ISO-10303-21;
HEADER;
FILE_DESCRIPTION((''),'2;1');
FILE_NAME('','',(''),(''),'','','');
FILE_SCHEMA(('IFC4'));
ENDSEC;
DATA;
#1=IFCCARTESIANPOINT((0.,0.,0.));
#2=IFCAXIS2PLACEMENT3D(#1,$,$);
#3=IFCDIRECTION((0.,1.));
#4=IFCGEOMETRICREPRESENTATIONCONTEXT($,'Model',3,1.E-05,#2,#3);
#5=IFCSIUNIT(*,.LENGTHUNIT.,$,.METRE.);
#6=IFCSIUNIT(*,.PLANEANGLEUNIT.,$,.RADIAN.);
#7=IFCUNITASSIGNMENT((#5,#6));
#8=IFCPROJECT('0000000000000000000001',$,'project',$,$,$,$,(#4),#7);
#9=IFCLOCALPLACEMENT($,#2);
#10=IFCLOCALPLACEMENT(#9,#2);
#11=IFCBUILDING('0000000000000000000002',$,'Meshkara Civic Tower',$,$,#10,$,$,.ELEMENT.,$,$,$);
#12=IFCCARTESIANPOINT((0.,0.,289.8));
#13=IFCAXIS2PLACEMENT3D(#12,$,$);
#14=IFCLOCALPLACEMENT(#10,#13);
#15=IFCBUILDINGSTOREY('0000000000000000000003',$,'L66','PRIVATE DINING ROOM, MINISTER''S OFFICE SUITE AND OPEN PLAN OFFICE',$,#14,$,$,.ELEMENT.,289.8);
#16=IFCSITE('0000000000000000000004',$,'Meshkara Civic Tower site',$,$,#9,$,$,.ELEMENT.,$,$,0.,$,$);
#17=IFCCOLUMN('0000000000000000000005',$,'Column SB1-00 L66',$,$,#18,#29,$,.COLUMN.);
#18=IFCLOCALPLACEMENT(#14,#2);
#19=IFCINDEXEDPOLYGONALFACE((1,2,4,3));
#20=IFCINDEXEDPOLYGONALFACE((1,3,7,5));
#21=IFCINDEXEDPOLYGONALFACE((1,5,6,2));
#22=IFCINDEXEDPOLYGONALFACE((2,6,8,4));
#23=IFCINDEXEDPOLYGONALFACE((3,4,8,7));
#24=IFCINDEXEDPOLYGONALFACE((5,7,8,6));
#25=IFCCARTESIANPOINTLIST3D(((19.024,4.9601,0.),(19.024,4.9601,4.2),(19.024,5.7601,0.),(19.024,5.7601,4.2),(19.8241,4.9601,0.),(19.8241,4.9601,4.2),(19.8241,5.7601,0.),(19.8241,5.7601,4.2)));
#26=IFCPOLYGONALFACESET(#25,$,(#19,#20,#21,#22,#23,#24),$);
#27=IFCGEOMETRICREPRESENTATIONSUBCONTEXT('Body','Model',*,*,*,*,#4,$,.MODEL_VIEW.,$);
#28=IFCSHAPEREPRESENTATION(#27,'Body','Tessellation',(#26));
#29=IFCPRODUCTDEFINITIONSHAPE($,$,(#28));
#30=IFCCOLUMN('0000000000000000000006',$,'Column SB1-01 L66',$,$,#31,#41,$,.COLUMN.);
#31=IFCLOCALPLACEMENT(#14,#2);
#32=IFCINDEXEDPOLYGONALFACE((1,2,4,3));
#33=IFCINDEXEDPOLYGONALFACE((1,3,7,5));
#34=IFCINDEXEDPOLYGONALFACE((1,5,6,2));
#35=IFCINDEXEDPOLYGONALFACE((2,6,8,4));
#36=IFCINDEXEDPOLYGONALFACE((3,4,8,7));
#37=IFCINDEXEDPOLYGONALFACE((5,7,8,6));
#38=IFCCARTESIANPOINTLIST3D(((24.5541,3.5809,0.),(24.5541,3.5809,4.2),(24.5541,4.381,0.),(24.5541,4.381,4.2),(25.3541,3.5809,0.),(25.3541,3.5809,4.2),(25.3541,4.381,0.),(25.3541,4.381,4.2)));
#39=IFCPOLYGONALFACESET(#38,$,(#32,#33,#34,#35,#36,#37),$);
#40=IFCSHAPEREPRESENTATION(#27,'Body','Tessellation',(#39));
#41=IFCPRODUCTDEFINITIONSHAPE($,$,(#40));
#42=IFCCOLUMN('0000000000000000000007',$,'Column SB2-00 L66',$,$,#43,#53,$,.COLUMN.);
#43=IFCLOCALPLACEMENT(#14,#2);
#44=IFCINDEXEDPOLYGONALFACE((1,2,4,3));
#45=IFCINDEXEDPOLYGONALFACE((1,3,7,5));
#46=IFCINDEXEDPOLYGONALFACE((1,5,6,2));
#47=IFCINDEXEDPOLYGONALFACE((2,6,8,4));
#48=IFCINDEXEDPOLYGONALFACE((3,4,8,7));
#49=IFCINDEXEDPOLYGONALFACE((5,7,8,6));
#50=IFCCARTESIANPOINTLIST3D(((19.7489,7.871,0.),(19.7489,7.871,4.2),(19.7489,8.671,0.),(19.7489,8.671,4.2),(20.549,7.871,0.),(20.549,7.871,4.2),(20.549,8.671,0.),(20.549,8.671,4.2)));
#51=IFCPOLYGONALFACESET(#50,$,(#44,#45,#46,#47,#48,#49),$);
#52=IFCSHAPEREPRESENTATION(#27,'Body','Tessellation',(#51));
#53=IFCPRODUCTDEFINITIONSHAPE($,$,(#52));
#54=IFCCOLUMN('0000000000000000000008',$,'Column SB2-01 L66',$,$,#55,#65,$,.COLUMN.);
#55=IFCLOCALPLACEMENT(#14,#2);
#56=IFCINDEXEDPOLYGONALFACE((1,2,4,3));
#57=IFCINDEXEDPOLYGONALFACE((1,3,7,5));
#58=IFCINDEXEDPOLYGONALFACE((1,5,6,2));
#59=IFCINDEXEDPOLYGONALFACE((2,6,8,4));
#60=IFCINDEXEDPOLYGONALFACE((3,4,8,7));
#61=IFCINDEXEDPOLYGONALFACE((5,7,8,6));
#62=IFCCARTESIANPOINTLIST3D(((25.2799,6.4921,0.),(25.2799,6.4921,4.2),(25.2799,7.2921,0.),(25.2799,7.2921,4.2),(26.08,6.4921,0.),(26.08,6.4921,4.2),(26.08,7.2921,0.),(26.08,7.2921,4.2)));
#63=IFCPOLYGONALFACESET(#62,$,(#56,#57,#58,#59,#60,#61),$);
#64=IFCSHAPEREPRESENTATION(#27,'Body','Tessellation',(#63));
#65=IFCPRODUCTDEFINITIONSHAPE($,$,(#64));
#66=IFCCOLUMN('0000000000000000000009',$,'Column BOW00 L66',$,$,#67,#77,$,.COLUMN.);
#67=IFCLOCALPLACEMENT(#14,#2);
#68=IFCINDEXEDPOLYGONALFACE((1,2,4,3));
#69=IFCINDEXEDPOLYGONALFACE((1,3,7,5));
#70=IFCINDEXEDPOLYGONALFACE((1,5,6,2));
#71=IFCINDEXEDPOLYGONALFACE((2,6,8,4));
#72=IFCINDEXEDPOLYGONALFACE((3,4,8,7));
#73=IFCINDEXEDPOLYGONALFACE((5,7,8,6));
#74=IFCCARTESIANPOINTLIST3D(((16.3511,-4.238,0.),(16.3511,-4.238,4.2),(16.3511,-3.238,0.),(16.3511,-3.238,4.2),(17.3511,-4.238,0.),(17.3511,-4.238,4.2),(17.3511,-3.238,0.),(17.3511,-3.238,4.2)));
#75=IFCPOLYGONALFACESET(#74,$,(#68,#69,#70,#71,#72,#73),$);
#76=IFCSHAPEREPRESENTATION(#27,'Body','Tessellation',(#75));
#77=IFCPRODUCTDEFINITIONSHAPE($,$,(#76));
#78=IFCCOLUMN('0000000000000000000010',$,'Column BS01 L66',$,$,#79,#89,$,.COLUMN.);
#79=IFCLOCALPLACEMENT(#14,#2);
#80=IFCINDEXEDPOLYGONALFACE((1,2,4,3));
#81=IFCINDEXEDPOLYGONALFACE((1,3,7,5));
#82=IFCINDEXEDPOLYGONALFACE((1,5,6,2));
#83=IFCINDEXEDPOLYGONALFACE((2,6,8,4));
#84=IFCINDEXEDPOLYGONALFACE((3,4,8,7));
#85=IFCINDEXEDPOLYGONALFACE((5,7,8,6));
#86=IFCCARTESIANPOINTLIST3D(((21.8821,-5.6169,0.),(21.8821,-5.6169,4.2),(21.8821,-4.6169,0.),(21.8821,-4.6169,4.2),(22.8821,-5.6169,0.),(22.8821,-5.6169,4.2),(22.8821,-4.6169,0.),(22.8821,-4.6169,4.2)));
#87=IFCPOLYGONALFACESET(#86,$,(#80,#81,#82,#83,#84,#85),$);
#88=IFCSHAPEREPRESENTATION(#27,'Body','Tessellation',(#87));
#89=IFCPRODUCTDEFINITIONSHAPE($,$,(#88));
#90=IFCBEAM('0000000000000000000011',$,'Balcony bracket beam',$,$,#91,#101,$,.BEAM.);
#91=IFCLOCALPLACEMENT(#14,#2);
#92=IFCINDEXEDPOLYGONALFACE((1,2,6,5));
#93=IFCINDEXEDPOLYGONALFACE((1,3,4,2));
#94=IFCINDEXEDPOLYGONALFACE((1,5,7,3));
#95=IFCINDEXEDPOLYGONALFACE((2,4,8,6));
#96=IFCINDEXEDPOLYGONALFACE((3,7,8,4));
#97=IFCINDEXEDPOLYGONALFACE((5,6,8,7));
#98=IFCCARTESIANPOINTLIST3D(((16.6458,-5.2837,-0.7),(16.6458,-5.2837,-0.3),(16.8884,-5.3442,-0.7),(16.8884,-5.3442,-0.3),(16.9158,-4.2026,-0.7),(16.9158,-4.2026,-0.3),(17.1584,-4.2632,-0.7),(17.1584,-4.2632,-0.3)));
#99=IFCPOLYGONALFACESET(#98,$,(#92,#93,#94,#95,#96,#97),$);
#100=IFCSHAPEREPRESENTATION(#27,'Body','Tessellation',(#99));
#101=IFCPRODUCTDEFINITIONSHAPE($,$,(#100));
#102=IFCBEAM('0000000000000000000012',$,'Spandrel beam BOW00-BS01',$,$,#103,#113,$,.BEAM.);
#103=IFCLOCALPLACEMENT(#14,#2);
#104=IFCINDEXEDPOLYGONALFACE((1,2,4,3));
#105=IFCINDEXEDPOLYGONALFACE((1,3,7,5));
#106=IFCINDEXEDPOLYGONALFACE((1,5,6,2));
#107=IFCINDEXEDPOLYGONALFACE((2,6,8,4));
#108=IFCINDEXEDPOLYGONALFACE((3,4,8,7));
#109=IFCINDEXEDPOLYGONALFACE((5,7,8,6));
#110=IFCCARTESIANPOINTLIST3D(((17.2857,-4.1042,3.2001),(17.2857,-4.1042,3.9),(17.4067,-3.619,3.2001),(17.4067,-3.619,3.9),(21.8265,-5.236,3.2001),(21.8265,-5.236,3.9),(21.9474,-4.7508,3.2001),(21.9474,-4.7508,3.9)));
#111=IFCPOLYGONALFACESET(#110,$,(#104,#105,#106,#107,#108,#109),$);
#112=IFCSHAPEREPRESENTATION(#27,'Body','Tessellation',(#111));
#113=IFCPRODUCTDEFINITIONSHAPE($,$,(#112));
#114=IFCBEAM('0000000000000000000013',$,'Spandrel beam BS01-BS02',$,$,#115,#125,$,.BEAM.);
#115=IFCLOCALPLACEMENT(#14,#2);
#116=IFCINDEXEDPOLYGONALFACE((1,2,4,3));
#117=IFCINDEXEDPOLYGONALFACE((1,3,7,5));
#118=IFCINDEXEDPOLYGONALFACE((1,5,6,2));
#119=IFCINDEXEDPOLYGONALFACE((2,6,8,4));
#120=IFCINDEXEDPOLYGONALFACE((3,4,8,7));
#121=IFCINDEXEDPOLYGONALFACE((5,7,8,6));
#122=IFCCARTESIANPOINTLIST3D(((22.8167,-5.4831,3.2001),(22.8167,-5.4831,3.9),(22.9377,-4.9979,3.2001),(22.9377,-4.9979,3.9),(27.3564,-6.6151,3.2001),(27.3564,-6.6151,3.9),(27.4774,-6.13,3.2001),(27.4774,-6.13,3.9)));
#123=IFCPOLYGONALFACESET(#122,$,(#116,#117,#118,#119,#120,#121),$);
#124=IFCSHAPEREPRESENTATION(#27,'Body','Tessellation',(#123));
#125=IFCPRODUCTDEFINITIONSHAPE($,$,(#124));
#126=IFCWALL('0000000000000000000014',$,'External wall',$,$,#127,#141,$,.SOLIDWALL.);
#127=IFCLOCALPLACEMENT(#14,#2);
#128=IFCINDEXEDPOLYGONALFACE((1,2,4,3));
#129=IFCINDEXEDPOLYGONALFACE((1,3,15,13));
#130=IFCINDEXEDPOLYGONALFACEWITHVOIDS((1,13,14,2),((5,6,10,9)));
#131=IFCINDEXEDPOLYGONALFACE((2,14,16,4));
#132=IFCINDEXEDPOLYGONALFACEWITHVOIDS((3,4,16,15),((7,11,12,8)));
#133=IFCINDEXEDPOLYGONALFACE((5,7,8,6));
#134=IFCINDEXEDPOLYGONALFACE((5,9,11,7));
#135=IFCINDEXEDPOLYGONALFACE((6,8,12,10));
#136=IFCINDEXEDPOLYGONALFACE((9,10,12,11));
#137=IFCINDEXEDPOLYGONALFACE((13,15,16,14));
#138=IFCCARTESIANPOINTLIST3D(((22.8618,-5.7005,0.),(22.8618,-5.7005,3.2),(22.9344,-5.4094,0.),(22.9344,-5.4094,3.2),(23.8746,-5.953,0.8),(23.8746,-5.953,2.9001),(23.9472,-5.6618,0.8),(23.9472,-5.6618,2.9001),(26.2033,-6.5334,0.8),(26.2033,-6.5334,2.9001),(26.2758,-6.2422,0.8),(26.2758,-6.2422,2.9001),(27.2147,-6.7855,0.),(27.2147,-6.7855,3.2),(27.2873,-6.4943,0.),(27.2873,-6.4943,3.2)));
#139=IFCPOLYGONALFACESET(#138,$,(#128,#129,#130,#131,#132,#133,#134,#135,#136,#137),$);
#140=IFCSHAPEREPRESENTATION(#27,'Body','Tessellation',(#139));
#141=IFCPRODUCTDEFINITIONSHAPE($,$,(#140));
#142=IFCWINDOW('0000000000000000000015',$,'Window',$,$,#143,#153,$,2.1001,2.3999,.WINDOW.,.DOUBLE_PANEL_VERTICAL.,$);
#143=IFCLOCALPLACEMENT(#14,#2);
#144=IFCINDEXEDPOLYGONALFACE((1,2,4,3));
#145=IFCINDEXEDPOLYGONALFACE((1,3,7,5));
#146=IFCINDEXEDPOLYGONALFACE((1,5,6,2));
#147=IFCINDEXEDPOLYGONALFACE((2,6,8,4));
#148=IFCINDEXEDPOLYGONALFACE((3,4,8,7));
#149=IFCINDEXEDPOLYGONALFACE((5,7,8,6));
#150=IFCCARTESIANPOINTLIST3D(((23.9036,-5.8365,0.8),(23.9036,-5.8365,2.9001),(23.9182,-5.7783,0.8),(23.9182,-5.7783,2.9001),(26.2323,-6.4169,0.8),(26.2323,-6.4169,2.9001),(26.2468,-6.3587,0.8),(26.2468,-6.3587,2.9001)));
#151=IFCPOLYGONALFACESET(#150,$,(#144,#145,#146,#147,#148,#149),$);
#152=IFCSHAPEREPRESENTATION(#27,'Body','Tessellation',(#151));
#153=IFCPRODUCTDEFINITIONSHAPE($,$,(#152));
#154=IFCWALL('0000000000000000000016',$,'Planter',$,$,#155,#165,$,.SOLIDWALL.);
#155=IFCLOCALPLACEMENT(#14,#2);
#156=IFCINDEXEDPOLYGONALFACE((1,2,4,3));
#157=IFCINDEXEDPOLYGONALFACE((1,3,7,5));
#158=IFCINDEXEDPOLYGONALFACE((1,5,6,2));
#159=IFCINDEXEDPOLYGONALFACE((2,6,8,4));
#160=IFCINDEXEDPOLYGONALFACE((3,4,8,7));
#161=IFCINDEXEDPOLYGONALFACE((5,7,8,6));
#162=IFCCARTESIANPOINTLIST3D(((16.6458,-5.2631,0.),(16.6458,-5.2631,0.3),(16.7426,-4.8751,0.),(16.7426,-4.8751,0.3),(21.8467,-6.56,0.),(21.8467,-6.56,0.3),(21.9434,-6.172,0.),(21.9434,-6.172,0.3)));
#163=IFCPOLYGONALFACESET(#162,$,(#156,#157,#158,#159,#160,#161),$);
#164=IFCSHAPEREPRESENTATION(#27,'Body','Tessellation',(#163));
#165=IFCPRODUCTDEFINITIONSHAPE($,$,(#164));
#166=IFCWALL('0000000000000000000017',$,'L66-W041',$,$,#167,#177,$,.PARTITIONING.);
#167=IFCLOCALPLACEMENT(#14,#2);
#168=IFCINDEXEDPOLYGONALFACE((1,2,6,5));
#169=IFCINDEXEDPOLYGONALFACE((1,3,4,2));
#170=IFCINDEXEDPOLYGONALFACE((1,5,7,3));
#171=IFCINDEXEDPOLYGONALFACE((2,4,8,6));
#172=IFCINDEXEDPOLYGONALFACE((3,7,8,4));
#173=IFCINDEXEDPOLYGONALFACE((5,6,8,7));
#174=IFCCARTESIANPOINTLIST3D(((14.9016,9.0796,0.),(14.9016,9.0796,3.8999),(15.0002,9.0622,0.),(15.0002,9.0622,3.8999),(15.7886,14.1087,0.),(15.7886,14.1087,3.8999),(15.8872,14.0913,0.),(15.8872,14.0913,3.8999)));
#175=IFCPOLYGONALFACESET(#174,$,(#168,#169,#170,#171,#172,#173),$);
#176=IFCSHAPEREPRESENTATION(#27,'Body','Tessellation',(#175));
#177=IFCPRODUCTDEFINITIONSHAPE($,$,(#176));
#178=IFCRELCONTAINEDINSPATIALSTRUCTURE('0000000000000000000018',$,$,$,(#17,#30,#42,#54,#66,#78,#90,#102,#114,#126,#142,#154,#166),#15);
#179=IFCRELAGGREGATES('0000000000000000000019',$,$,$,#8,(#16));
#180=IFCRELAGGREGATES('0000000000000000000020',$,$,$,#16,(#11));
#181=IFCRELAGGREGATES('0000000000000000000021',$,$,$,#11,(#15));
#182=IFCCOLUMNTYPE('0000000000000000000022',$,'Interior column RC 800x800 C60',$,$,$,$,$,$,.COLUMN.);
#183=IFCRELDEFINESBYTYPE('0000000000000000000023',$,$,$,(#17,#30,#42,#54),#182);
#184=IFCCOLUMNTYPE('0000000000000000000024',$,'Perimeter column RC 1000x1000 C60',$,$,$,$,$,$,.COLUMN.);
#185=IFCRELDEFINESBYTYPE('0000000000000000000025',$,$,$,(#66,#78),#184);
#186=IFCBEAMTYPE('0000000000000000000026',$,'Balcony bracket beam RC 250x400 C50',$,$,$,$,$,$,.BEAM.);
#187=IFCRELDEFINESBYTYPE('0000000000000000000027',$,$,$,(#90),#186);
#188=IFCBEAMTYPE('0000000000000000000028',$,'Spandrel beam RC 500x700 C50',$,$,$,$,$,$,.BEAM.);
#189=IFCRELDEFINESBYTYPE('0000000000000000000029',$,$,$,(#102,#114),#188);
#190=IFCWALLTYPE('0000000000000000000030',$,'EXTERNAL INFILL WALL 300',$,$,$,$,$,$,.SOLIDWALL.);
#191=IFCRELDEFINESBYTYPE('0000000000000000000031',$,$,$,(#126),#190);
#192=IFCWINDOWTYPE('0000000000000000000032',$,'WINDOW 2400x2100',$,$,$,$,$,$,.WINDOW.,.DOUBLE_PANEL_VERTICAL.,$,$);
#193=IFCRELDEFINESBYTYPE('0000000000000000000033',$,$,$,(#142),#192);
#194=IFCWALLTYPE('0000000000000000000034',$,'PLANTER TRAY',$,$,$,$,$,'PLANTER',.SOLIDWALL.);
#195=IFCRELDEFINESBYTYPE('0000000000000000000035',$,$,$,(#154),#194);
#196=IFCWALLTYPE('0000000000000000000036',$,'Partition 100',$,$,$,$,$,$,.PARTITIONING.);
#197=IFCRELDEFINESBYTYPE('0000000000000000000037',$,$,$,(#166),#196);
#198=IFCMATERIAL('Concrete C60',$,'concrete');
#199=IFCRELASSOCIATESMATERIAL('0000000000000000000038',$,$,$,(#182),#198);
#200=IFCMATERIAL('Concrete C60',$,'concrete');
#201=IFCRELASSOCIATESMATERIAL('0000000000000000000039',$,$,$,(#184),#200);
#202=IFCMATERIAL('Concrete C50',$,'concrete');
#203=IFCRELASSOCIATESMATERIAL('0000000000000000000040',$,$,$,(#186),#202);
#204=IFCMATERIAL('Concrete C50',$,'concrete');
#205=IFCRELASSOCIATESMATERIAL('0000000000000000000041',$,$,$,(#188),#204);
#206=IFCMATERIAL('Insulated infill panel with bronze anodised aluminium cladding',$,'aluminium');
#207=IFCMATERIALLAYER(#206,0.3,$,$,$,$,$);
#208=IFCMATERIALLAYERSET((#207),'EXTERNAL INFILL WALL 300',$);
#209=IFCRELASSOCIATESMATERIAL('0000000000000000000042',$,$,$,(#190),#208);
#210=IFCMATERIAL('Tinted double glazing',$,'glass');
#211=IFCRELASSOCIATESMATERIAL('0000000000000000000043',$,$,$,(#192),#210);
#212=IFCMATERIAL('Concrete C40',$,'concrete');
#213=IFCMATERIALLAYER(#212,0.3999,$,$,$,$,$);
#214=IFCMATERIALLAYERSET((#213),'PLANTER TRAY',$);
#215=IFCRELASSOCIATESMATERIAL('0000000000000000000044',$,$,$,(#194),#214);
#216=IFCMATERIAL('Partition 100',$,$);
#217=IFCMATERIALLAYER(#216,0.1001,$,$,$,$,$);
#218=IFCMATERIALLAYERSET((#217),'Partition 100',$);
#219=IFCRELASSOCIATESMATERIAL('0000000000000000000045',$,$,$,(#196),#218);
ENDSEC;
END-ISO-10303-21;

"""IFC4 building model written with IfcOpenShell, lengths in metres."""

from ifc_helpers import new_model, si_unit, direction, frame, frame_2d, origin, origin_2d, place, context, subcontext, project, spatial, rectangle, extrude, material, layer, layer_set, material_profile, profile_set, type_object, element, fill, save


model = new_model("IFC4")

# Units and contexts
model_context = context("Model", 3, precision=1e-05, world=origin(), true_north=direction((0.0, 1.0)))
body_context = subcontext(model_context, "Body", "Model", "MODEL_VIEW")
ifc_project = project(units=[si_unit("LENGTHUNIT", "METRE"), si_unit("PLANEANGLEUNIT", "RADIAN")], contexts=[model_context])

# Site, building, storey
site_placement = place(None, origin())
site = spatial("IfcSite", under=ifc_project, at=site_placement, Name="Meshkara Civic Tower site", CompositionType="ELEMENT", RefElevation=0.0)
building_placement = place(site_placement, origin())
building = spatial("IfcBuilding", under=site, at=building_placement, Name="Meshkara Civic Tower", CompositionType="ELEMENT")
storey_placement = place(building_placement, frame((0.0, 0.0, 289.8)))
storey = spatial("IfcBuildingStorey", under=building, at=storey_placement, Name="L66", Description="PRIVATE DINING ROOM, MINISTER'S OFFICE SUITE AND OPEN PLAN OFFICE", CompositionType="ELEMENT", Elevation=289.8)

# Columns
ifc_material_1 = material(Name="Concrete C60", Category="concrete")
ifc_material_profile_1 = material_profile(ifc_material_1, rectangle(XDim=0.8, YDim=0.8, at=origin_2d()))
ifc_profile_set_1 = profile_set([ifc_material_profile_1], Name="Concrete C60")
column_type_1 = type_object("IfcColumnType", Name="Interior column RC 800x800 C60", PredefinedType="COLUMN", material=ifc_profile_set_1)
for number, where, z_axis, x_axis, name in (
    (1, (19.4241, 5.3601, 0.0), (0.0, 0.0, 1.0), (1.0, 0.0, 0.0), "Column SB1-00 L66"),
    (2, (24.9541, 3.981, 0.0), (0.0, 0.0, 1.0), (1.0, 0.0, 0.0), "Column SB1-01 L66"),
    (3, (20.1489, 8.271, 0.0), (0.0, 0.0, 1.0), (1.0, 0.0, 0.0), "Column SB2-00 L66"),
    (4, (25.6799, 6.8921, 0.0), (0.0, 0.0, 1.0), (1.0, 0.0, 0.0), "Column SB2-01 L66"),
):
    element("IfcColumn", number, at=place(storey_placement, frame(where, z_axis=z_axis, x_axis=x_axis)), inside=storey, type_object=column_type_1, Name=name, PredefinedType="COLUMN", context=body_context, shape_type="SweptSolid", body=[
        extrude(rectangle(XDim=0.8, YDim=0.8, at=origin_2d()), origin(), (0.0, 0.0, 1.0), 4.2),
    ])
ifc_material_2 = material(Name="Concrete C60", Category="concrete")
ifc_material_profile_2 = material_profile(ifc_material_2, rectangle(XDim=1.0, YDim=1.0, at=origin_2d()))
ifc_profile_set_2 = profile_set([ifc_material_profile_2], Name="Concrete C60")
column_type_2 = type_object("IfcColumnType", Name="Perimeter column RC 1000x1000 C60", PredefinedType="COLUMN", material=ifc_profile_set_2)
for number, where, z_axis, x_axis, name in (
    (5, (16.8511, -3.738, 0.0), (0.0, 0.0, 1.0), (1.0, 0.0, 0.0), "Column BOW00 L66"),
    (6, (22.3821, -5.1169, 0.0), (0.0, 0.0, 1.0), (1.0, 0.0, 0.0), "Column BS01 L66"),
):
    element("IfcColumn", number, at=place(storey_placement, frame(where, z_axis=z_axis, x_axis=x_axis)), inside=storey, type_object=column_type_2, Name=name, PredefinedType="COLUMN", context=body_context, shape_type="SweptSolid", body=[
        extrude(rectangle(XDim=1.0, YDim=1.0, at=origin_2d()), origin(), (0.0, 0.0, 1.0), 4.2),
    ])

# Beams
ifc_material_3 = material(Name="Concrete C50", Category="concrete")
ifc_material_profile_3 = material_profile(ifc_material_3, rectangle(XDim=0.25, YDim=0.3999, at=origin_2d()))
ifc_profile_set_3 = profile_set([ifc_material_profile_3], Name="Concrete C50")
beam_type_1 = type_object("IfcBeamType", Name="Balcony bracket beam RC 250x400 C50", PredefinedType="BEAM", material=ifc_profile_set_3)
beam_1_placement = place(storey_placement, frame((17.0371, -4.2329, -0.5), z_axis=(-0.242329, -0.970194, 0.0), x_axis=(0.970194, -0.242329, 0.0)))
element("IfcBeam", 7, at=beam_1_placement, inside=storey, type_object=beam_type_1, Name="Balcony bracket beam", PredefinedType="BEAM", context=body_context, shape_type="SweptSolid", body=[
    extrude(rectangle(XDim=0.25, YDim=0.3999, at=origin_2d()), origin(), (0.0, 0.0, 1.0), 1.1143),
])
ifc_material_4 = material(Name="Concrete C50", Category="concrete")
ifc_material_profile_4 = material_profile(ifc_material_4, rectangle(XDim=0.5, YDim=0.7, at=origin_2d()))
ifc_profile_set_4 = profile_set([ifc_material_profile_4], Name="Concrete C50")
beam_type_2 = type_object("IfcBeamType", Name="Spandrel beam RC 500x700 C50", PredefinedType="BEAM", material=ifc_profile_set_4)
beam_2_placement = place(storey_placement, frame((17.3462, -3.8616, 3.55), z_axis=(0.970311, -0.24186, 0.0), x_axis=(0.24186, 0.970311, 0.0)))
element("IfcBeam", 8, at=beam_2_placement, inside=storey, type_object=beam_type_2, Name="Spandrel beam BOW00-BS01", PredefinedType="BEAM", context=body_context, shape_type="SweptSolid", body=[
    extrude(rectangle(XDim=0.5, YDim=0.7, at=origin_2d()), origin(), (0.0, 0.0, 1.0), 4.6797),
])
beam_3_placement = place(storey_placement, frame((22.8772, -5.2405, 3.55), z_axis=(0.970287, -0.241959, 0.0), x_axis=(0.241959, 0.970287, 0.0)))
element("IfcBeam", 9, at=beam_3_placement, inside=storey, type_object=beam_type_2, Name="Spandrel beam BS01-BS02", PredefinedType="BEAM", context=body_context, shape_type="SweptSolid", body=[
    extrude(rectangle(XDim=0.5, YDim=0.7, at=origin_2d()), origin(), (0.0, 0.0, 1.0), 4.6787),
])

# Wall, opening, window
ifc_material_5 = material(Name="Insulated infill panel with bronze anodised aluminium cladding", Category="aluminium")
ifc_layer_1 = layer(ifc_material_5, 0.3)
ifc_layer_set_1 = layer_set([ifc_layer_1], Name="EXTERNAL INFILL WALL 300")
wall_type_1 = type_object("IfcWallType", Name="EXTERNAL INFILL WALL 300", PredefinedType="SOLIDWALL", material=ifc_layer_set_1)
wall_1_placement = place(storey_placement, frame((22.8979, -5.5549, 0.0), z_axis=(0.0, 0.0, 1.0), x_axis=(0.970315, -0.241844, 0.0)))
wall_1 = element("IfcWall", 10, at=wall_1_placement, inside=storey, type_object=wall_type_1, Name="External wall", PredefinedType="SOLIDWALL", context=body_context, shape_type="SweptSolid", body=[
    extrude(rectangle(XDim=4.4861, YDim=0.3, at=frame_2d((2.2432, 0.0))), origin(), (0.0, 0.0, 1.0), 3.2),
])
opening_1_placement = place(wall_1_placement, frame((1.0439, 0.0, 0.8)))
opening_1 = element("IfcOpeningElement", 11, at=opening_1_placement, cuts=wall_1, PredefinedType="OPENING", context=body_context, shape_type="SweptSolid", body=[
    extrude(rectangle(XDim=2.3999, YDim=2.1001, at=frame_2d((1.2, 1.05))), frame((0.0, 0.1599, 0.0), z_axis=(0.0, -1.0, 0.0), x_axis=(1.0, 0.0, 0.0)), (0.0, 0.0, 1.0), 0.3201),
])
ifc_material_6 = material(Name="Tinted double glazing", Category="glass")
window_type = type_object("IfcWindowType", Name="WINDOW 2400x2100", PartitioningType="DOUBLE_PANEL_VERTICAL", PredefinedType="WINDOW", material=ifc_material_6)
window_placement = place(opening_1_placement, origin())
window = element("IfcWindow", 12, at=window_placement, inside=storey, type_object=window_type, Name="Window", OverallHeight=2.1001, OverallWidth=2.3999, PartitioningType="DOUBLE_PANEL_VERTICAL", PredefinedType="WINDOW", context=body_context, shape_type="SweptSolid", body=[
    extrude(rectangle(XDim=2.3999, YDim=2.1001, at=frame_2d((1.2, 1.05))), frame((0.0, 0.03, 0.0), z_axis=(0.0, -1.0, 0.0), x_axis=(1.0, 0.0, 0.0)), (0.0, 0.0, 1.0), 0.0601),
])
fill(opening_1, window)

# Walls
ifc_material_7 = material(Name="Concrete C40", Category="concrete")
ifc_layer_2 = layer(ifc_material_7, 0.3999)
ifc_layer_set_2 = layer_set([ifc_layer_2], Name="PLANTER TRAY")
wall_type_2 = type_object("IfcWallType", Name="PLANTER TRAY", ElementType="PLANTER", PredefinedType="SOLIDWALL", material=ifc_layer_set_2)
wall_2_placement = place(storey_placement, frame((16.6941, -5.0691, 0.0), z_axis=(0.0, 0.0, 1.0), x_axis=(0.97029, -0.241946, 0.0)))
element("IfcWall", 13, at=wall_2_placement, inside=storey, type_object=wall_type_2, Name="Planter", PredefinedType="SOLIDWALL", context=body_context, shape_type="SweptSolid", body=[
    extrude(rectangle(XDim=5.3601, YDim=0.3999, at=frame_2d((2.6802, 0.0))), origin(), (0.0, 0.0, 1.0), 0.3),
])
ifc_material_8 = material(Name="Partition 100")
ifc_layer_3 = layer(ifc_material_8, 0.1001)
ifc_layer_set_3 = layer_set([ifc_layer_3], Name="Partition 100")
wall_type_3 = type_object("IfcWallType", Name="Partition 100", PredefinedType="PARTITIONING", material=ifc_layer_set_3)
wall_3_placement = place(storey_placement, frame((14.9509, 9.071, 0.0), z_axis=(0.0, 0.0, 1.0), x_axis=(0.173687, 0.984801, 0.0)))
element("IfcWall", 14, at=wall_3_placement, inside=storey, type_object=wall_type_3, Name="L66-W041", PredefinedType="PARTITIONING", context=body_context, shape_type="SweptSolid", body=[
    extrude(rectangle(XDim=5.1067, YDim=0.1001, at=frame_2d((2.5532, 0.0))), origin(), (0.0, 0.0, 1.0), 3.8999),
])

save(model, "model.ifc")
